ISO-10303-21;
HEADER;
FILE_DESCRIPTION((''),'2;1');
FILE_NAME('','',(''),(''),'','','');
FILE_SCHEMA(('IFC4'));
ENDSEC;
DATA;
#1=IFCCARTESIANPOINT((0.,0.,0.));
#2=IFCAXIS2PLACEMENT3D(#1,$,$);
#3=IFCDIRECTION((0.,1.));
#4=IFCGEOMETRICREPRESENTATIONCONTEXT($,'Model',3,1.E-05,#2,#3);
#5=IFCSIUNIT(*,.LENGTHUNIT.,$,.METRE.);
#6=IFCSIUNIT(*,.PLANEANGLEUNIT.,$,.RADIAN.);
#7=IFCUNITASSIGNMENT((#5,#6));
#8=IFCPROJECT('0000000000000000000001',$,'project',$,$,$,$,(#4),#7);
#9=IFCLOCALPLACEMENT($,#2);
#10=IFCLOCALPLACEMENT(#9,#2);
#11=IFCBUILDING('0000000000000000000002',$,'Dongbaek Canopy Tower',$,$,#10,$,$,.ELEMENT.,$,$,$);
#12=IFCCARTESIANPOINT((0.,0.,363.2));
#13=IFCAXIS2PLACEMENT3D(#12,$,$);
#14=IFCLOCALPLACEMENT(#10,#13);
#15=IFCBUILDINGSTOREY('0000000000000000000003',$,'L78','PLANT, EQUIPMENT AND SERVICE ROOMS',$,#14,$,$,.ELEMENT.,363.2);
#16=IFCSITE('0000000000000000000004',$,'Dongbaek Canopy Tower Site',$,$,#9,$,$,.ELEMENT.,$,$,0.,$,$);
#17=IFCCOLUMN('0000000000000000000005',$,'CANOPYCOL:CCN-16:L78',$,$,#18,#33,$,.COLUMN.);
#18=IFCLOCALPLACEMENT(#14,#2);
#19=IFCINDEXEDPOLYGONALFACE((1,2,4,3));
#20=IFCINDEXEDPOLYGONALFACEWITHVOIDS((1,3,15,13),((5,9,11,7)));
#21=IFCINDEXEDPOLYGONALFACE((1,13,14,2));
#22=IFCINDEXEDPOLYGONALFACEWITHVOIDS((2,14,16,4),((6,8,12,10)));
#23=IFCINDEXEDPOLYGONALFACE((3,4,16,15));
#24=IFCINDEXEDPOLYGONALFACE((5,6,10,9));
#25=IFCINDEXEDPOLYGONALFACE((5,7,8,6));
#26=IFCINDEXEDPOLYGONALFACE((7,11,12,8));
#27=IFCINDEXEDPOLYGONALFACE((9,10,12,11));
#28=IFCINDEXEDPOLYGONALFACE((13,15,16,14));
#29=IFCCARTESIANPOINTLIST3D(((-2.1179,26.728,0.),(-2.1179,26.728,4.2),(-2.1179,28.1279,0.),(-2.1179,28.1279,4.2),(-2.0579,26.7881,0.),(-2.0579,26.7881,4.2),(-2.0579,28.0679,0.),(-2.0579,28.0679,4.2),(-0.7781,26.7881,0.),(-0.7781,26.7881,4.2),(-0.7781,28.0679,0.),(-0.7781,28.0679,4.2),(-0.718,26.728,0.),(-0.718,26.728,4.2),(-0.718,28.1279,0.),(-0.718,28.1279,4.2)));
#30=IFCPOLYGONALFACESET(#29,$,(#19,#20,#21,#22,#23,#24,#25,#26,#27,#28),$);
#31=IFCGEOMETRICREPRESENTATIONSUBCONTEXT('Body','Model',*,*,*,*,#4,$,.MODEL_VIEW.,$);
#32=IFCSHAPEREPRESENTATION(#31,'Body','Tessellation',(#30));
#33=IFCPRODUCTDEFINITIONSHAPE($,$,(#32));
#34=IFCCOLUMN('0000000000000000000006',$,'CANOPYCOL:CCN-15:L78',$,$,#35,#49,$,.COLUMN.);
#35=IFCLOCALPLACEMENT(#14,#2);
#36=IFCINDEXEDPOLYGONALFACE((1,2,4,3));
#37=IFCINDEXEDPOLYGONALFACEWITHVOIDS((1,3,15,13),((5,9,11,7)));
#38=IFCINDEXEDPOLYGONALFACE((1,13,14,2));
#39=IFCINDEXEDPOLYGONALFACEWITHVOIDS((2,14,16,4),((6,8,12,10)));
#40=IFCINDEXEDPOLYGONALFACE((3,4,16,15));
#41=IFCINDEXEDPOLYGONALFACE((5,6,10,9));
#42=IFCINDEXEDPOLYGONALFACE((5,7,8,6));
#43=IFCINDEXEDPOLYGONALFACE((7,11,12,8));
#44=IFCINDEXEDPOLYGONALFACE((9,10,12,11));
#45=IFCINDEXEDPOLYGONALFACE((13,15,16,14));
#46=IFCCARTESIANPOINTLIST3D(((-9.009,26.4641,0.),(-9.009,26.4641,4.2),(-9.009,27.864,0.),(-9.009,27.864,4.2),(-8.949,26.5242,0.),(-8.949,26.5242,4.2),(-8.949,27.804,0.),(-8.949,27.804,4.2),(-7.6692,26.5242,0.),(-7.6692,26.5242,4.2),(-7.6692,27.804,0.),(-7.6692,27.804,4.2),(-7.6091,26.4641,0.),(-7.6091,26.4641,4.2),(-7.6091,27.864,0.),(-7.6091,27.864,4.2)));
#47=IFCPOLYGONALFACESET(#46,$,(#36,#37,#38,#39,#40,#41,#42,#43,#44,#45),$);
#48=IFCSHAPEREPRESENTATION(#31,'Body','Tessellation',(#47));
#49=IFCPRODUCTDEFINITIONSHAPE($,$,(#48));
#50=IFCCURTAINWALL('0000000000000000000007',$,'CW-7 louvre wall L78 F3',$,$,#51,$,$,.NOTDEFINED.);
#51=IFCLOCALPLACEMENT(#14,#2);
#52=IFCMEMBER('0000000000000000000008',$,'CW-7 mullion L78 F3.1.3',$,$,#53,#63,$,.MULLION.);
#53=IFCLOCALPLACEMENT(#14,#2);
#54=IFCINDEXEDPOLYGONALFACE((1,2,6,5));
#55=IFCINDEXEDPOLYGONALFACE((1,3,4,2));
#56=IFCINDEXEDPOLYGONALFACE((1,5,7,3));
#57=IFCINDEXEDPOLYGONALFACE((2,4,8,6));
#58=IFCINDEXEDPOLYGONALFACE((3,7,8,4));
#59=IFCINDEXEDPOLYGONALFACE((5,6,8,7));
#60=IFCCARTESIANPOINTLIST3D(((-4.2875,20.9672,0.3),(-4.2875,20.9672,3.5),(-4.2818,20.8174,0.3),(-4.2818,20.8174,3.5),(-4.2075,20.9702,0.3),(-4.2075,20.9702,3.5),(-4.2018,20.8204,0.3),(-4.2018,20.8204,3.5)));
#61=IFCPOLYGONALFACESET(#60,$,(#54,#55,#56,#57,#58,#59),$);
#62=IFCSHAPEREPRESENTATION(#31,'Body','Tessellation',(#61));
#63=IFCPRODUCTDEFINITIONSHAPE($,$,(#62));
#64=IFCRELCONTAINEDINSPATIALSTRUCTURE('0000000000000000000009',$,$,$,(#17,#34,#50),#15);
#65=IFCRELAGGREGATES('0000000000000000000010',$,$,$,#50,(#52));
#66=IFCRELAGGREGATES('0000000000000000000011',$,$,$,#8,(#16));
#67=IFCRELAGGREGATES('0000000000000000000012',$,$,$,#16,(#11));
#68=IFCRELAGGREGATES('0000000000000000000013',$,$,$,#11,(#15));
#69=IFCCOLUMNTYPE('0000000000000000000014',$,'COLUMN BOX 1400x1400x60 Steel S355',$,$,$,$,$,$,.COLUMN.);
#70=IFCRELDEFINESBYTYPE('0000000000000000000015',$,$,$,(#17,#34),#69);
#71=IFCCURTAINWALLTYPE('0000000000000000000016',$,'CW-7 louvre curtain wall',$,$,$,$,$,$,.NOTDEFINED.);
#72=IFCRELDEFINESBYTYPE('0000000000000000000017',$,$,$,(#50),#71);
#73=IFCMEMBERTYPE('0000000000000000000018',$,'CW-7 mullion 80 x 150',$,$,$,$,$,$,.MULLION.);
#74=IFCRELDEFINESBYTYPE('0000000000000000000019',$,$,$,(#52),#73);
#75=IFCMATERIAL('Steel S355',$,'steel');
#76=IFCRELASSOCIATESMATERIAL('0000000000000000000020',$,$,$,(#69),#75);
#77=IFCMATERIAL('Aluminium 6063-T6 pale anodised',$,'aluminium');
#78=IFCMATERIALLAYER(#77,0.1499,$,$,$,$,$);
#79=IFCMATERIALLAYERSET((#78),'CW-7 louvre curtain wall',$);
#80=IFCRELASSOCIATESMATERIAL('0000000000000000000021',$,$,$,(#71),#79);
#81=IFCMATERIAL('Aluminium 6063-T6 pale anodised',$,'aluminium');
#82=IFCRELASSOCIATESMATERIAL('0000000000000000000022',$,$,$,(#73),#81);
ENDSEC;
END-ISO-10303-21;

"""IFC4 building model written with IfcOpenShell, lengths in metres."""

from ifc_helpers import new_model, si_unit, direction, frame, origin, origin_2d, place, context, subcontext, project, spatial, rectangle, hollow_rectangle, extrude, material, layer, layer_set, material_profile, profile_set, type_object, element, aggregate, save


model = new_model("IFC4")

# Units and contexts
model_context = context("Model", 3, precision=1e-05, world=origin(), true_north=direction((0.0, 1.0)))
body_context = subcontext(model_context, "Body", "Model", "MODEL_VIEW")
ifc_project = project(units=[si_unit("LENGTHUNIT", "METRE"), si_unit("PLANEANGLEUNIT", "RADIAN")], contexts=[model_context])

# Site, building, storey
site_placement = place(None, origin())
site = spatial("IfcSite", under=ifc_project, at=site_placement, Name="Dongbaek Canopy Tower Site", CompositionType="ELEMENT", RefElevation=0.0)
building_placement = place(site_placement, origin())
building = spatial("IfcBuilding", under=site, at=building_placement, Name="Dongbaek Canopy Tower", CompositionType="ELEMENT")
storey_placement = place(building_placement, frame((0.0, 0.0, 363.2)))
storey = spatial("IfcBuildingStorey", under=building, at=storey_placement, Name="L78", Description="PLANT, EQUIPMENT AND SERVICE ROOMS", CompositionType="ELEMENT", Elevation=363.2)

# Columns
ifc_material_1 = material(Name="Steel S355", Category="steel")
ifc_material_profile_1 = material_profile(ifc_material_1, hollow_rectangle(XDim=1.3999, YDim=1.3999, WallThickness=0.0601, at=origin_2d()), Name="COLUMN BOX 1400x1400x60 Steel S355")
ifc_profile_set_1 = profile_set([ifc_material_profile_1], Name="Steel S355")
column_type = type_object("IfcColumnType", Name="COLUMN BOX 1400x1400x60 Steel S355", PredefinedType="COLUMN", material=ifc_profile_set_1)
for number, where, z_axis, x_axis, name in (
    (1, (-1.418, 27.428, 0.0), (0.0, 0.0, 1.0), (1.0, 0.0, 0.0), "CANOPYCOL:CCN-16:L78"),
    (2, (-8.3091, 27.1641, 0.0), (0.0, 0.0, 1.0), (1.0, 0.0, 0.0), "CANOPYCOL:CCN-15:L78"),
):
    element("IfcColumn", number, at=place(storey_placement, frame(where, z_axis=z_axis, x_axis=x_axis)), inside=storey, type_object=column_type, Name=name, PredefinedType="COLUMN", context=body_context, shape_type="SweptSolid", body=[
        extrude(hollow_rectangle(XDim=1.3999, YDim=1.3999, WallThickness=0.0601, at=origin_2d()), origin(), (0.0, 0.0, 1.0), 4.2),
    ])

# Curtain wall, member
ifc_material_2 = material(Name="Aluminium 6063-T6 pale anodised", Category="aluminium")
ifc_layer_1 = layer(ifc_material_2, 0.1499)
ifc_layer_set_1 = layer_set([ifc_layer_1], Name="CW-7 louvre curtain wall")
curtain_wall_type = type_object("IfcCurtainWallType", Name="CW-7 louvre curtain wall", PredefinedType="NOTDEFINED", material=ifc_layer_set_1)
curtain_wall_placement = place(storey_placement, origin())
curtain_wall = element("IfcCurtainWall", 3, at=curtain_wall_placement, inside=storey, type_object=curtain_wall_type, Name="CW-7 louvre wall L78 F3", PredefinedType="NOTDEFINED")
ifc_material_3 = material(Name="Aluminium 6063-T6 pale anodised", Category="aluminium")
ifc_material_profile_2 = material_profile(ifc_material_3, rectangle(XDim=0.1499, YDim=0.0801, at=origin_2d()), Name="CW-7 mullion 80 x 150")
ifc_profile_set_2 = profile_set([ifc_material_profile_2], Name="Aluminium 6063-T6 pale anodised")
member_type = type_object("IfcMemberType", Name="CW-7 mullion 80 x 150", PredefinedType="MULLION", material=ifc_profile_set_2)
member_placement = place(storey_placement, frame((-4.2446, 20.8938, 0.3), z_axis=(0.0, 0.0, 1.0), x_axis=(-0.038232, 0.999269, 0.0)))
member = element("IfcMember", 4, at=member_placement, type_object=member_type, Name="CW-7 mullion L78 F3.1.3", PredefinedType="MULLION", context=body_context, shape_type="SweptSolid", body=[
    extrude(rectangle(XDim=0.1499, YDim=0.0801, at=origin_2d()), origin(), (0.0, 0.0, 1.0), 3.2),
])

aggregate(curtain_wall, [member])

save(model, "model.ifc")
